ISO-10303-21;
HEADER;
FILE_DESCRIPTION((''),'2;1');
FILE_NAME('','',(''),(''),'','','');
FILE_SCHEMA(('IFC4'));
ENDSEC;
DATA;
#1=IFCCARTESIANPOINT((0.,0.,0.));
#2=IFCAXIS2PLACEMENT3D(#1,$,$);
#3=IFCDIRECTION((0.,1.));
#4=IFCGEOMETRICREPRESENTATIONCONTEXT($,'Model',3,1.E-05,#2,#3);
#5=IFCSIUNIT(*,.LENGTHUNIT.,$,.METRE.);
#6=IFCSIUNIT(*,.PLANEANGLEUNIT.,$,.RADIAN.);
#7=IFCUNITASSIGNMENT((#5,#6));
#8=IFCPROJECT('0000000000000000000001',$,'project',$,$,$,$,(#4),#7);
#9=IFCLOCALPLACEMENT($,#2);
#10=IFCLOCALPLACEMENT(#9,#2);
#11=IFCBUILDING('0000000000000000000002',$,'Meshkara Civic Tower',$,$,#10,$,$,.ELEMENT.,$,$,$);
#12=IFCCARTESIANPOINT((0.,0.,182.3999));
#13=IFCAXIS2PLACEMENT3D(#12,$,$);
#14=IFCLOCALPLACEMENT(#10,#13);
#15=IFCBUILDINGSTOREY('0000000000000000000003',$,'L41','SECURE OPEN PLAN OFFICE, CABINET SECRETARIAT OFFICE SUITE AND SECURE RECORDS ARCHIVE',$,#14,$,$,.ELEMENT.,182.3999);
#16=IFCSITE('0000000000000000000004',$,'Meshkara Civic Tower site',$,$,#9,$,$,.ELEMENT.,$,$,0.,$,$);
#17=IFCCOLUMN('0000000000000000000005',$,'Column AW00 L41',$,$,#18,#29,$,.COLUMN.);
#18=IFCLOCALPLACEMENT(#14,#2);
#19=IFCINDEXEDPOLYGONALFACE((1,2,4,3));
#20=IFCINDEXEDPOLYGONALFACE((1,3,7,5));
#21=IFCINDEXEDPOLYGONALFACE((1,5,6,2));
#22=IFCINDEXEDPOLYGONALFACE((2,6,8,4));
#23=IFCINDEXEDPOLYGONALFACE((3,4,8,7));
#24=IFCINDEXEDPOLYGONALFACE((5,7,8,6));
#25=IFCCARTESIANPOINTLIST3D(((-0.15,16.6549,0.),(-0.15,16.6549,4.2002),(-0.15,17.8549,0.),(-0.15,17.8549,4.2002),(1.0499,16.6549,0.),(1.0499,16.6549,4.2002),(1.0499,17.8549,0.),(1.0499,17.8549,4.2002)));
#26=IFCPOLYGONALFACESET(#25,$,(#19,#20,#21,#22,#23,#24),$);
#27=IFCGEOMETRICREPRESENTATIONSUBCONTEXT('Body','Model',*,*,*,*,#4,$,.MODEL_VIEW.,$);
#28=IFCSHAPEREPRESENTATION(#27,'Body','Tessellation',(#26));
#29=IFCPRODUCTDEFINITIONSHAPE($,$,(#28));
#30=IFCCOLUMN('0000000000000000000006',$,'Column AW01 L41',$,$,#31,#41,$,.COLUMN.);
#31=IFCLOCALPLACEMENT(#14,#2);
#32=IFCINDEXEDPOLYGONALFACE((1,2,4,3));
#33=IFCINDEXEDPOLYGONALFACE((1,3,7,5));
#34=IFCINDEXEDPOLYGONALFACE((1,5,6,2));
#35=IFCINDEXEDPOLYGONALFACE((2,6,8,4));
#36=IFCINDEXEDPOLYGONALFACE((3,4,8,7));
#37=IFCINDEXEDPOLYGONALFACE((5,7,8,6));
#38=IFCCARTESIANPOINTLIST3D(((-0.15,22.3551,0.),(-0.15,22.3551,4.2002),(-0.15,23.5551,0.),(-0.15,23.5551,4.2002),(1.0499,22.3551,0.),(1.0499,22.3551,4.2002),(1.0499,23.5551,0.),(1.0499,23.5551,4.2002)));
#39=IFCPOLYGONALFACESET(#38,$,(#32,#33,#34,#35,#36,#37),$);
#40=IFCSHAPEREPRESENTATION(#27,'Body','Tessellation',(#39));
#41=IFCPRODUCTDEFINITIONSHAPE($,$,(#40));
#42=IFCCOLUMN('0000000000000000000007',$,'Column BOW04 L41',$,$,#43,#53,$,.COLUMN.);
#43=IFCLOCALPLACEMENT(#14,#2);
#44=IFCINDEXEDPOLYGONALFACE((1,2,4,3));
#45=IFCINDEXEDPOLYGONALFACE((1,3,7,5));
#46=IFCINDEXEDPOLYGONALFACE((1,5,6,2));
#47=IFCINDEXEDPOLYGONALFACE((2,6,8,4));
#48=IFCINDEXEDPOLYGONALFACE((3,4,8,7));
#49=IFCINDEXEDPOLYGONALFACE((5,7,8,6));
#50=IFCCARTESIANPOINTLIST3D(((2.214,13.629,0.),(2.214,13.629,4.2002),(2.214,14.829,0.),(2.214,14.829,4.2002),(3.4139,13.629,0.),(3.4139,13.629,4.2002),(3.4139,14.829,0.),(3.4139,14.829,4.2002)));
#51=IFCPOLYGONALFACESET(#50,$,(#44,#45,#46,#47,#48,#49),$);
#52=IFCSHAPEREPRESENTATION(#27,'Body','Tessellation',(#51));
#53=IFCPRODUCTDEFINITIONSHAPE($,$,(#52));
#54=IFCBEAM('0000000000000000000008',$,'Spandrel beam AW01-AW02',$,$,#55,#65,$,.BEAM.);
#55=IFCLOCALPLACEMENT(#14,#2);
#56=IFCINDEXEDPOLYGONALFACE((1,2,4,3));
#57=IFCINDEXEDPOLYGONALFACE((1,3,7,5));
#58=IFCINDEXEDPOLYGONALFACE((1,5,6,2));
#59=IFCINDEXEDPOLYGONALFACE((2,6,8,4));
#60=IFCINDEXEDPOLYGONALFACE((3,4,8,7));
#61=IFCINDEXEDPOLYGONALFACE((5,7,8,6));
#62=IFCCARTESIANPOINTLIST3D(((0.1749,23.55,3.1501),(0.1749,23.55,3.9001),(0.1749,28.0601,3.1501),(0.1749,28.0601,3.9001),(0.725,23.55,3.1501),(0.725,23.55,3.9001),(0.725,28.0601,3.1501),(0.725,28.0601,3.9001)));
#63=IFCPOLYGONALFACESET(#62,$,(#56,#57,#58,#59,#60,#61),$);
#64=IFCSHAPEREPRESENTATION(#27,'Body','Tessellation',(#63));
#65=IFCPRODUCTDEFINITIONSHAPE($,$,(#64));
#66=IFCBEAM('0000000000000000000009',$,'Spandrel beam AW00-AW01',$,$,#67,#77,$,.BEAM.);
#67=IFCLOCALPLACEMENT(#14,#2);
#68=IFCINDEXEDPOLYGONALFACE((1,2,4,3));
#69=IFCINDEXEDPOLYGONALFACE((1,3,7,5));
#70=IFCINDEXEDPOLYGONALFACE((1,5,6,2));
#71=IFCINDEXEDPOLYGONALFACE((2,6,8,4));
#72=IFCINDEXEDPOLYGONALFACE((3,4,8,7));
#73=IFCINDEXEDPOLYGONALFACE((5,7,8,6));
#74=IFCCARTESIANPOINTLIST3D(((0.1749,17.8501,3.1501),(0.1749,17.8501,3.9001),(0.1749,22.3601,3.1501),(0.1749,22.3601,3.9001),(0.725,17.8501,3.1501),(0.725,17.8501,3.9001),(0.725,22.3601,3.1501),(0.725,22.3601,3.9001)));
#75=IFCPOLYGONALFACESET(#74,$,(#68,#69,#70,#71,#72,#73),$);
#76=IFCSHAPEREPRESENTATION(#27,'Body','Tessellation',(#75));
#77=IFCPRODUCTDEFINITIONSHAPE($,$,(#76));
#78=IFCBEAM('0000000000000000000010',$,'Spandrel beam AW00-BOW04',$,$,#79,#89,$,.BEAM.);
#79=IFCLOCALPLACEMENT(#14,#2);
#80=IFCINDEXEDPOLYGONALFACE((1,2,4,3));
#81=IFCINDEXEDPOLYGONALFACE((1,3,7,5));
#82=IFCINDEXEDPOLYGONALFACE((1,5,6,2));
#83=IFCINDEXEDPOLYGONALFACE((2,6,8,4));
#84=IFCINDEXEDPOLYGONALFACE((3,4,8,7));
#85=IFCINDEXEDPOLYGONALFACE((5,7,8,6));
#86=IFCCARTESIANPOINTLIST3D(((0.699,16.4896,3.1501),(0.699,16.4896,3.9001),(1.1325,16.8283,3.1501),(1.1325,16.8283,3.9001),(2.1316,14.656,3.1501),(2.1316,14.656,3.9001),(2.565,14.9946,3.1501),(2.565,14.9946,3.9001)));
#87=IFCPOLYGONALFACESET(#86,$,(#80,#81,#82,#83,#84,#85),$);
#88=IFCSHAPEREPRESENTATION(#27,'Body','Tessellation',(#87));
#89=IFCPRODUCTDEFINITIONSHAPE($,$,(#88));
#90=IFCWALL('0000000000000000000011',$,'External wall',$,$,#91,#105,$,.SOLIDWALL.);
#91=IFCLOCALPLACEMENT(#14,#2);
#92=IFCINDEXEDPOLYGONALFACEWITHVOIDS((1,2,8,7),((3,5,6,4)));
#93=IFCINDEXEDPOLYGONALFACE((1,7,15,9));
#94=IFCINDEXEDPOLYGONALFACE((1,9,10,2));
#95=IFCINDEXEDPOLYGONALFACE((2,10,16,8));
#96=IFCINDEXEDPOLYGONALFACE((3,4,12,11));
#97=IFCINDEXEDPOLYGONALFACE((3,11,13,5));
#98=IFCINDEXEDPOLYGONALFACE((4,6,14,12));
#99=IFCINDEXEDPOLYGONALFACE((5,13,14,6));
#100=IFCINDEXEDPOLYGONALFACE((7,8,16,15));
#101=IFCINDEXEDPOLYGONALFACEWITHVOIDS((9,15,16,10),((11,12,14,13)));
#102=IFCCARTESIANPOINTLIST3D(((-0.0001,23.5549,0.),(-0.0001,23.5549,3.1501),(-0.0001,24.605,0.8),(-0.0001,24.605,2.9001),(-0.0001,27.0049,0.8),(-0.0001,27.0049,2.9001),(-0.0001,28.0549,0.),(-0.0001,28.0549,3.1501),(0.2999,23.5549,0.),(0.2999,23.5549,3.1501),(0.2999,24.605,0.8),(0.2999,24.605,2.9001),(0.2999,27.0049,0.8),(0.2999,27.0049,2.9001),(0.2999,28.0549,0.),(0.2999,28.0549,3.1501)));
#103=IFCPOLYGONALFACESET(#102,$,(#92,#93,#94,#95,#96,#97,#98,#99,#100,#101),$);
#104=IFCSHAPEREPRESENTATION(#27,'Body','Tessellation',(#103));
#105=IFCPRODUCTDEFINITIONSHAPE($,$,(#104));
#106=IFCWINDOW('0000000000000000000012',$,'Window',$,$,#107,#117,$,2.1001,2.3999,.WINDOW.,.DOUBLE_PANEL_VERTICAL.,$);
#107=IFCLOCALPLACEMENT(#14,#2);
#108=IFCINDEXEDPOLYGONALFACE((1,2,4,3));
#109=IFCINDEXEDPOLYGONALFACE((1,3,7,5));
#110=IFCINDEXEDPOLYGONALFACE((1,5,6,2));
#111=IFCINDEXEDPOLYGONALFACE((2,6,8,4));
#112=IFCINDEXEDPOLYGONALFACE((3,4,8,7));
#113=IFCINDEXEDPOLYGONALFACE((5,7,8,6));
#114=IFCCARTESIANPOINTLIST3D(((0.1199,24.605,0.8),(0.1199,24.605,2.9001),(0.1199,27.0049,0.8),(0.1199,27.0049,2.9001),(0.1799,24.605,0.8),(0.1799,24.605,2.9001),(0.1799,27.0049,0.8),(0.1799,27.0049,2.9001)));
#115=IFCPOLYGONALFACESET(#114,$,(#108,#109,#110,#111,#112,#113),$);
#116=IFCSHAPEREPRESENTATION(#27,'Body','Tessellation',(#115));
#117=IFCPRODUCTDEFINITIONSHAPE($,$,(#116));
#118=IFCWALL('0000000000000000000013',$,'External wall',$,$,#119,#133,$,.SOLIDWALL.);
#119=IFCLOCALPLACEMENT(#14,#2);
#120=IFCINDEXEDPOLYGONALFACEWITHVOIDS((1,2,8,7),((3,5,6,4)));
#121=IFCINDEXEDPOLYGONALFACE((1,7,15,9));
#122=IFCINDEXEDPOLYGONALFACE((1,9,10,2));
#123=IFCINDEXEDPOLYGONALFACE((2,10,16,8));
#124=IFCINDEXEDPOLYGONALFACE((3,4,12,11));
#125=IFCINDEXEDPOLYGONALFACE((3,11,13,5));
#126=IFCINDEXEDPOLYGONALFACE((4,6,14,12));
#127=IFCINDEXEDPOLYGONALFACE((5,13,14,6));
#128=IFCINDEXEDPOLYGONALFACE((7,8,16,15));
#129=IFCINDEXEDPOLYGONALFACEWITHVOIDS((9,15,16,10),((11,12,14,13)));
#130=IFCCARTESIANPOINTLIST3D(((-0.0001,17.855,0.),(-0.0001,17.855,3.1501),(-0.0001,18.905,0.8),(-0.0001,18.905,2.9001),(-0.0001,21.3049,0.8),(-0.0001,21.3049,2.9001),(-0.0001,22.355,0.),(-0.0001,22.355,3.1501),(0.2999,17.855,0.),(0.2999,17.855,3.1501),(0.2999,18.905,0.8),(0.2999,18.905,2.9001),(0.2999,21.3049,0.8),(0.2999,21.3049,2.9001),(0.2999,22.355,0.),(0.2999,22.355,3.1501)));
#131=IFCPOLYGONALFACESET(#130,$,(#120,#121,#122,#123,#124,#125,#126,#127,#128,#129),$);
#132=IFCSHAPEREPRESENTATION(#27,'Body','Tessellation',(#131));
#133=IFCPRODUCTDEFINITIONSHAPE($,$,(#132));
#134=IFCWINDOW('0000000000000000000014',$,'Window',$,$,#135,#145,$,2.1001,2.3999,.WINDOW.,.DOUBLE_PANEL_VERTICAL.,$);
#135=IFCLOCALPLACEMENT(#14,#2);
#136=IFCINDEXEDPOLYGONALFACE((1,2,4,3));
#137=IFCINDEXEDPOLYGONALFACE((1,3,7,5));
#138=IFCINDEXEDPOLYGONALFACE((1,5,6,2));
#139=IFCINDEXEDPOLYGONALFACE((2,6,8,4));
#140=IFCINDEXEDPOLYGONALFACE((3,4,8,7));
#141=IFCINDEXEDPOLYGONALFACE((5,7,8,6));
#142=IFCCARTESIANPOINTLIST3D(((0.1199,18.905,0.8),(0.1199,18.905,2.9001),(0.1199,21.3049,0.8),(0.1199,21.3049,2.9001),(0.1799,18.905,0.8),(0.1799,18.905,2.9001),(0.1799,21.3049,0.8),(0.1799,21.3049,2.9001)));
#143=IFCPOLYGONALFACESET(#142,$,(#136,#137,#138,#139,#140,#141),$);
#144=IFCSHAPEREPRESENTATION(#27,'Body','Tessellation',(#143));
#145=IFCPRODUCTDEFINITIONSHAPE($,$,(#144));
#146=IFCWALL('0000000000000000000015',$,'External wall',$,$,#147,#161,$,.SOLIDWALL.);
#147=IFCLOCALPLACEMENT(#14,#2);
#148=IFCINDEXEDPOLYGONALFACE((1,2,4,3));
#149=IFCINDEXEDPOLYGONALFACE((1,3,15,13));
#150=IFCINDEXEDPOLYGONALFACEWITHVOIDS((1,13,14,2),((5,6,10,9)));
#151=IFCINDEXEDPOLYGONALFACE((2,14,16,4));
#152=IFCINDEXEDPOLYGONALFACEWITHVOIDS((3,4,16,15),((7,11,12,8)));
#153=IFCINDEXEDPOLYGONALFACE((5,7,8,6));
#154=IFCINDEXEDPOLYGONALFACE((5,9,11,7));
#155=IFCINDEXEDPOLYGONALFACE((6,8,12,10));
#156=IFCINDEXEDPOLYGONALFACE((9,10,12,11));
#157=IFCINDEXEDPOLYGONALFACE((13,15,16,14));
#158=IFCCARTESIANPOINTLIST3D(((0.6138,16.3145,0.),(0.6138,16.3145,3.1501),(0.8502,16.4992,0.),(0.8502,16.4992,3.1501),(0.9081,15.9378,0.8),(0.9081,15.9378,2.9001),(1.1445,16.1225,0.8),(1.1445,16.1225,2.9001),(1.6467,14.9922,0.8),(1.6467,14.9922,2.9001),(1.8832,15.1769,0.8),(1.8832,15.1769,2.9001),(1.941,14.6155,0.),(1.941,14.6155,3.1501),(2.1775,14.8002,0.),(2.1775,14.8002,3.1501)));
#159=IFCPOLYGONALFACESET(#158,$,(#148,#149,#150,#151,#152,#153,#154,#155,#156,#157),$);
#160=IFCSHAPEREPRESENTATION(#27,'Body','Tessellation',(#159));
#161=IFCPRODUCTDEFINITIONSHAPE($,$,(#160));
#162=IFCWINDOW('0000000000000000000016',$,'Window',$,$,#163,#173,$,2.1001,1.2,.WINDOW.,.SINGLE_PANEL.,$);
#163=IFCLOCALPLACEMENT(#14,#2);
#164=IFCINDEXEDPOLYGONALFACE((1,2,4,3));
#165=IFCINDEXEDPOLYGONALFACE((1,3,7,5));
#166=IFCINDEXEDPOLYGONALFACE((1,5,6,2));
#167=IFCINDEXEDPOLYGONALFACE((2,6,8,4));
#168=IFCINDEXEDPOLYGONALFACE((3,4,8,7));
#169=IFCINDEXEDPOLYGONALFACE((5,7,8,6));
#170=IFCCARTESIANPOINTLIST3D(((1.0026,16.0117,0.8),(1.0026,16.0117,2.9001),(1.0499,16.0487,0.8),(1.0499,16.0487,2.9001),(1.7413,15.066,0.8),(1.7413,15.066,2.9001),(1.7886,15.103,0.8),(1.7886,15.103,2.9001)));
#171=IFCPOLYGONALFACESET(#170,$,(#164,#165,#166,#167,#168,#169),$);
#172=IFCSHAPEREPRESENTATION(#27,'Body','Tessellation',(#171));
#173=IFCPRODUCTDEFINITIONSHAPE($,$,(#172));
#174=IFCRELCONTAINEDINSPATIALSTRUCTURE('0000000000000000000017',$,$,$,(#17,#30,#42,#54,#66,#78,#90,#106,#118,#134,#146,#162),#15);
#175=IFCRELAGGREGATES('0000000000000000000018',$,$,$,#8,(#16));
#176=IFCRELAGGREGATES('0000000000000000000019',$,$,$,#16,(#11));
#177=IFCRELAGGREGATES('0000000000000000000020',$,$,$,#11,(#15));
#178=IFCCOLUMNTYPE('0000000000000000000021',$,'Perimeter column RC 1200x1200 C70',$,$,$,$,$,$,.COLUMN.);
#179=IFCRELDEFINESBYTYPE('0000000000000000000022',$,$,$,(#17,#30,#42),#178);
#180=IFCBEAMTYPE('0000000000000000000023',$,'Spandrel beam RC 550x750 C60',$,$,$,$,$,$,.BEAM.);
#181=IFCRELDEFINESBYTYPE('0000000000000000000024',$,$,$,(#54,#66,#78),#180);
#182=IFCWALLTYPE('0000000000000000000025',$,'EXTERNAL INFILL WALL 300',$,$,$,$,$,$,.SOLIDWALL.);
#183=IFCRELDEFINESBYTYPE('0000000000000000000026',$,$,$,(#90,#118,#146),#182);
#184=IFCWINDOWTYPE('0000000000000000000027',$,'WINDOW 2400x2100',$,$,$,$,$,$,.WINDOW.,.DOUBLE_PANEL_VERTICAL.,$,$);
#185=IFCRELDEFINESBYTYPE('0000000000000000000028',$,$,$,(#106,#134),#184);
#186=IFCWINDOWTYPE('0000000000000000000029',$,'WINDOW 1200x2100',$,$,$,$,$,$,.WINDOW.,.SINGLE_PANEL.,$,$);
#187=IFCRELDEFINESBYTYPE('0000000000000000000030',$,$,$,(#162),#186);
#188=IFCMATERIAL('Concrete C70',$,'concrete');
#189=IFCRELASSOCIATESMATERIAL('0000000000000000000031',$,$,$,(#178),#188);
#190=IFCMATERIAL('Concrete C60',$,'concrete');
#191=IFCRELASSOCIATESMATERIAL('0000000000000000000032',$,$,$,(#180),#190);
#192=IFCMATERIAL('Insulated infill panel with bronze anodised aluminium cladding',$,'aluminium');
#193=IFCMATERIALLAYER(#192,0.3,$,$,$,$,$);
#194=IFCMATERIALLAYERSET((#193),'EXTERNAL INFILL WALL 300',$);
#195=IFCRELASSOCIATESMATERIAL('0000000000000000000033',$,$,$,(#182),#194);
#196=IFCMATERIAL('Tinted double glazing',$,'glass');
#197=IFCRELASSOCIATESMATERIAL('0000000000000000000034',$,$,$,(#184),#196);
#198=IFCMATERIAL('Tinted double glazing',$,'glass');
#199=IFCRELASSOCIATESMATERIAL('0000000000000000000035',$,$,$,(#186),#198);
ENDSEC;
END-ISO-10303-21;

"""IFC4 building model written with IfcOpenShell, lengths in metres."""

from ifc_helpers import new_model, si_unit, direction, frame, frame_2d, origin, origin_2d, place, context, subcontext, project, spatial, rectangle, extrude, material, layer, layer_set, material_profile, profile_set, type_object, element, fill, save


model = new_model("IFC4")

# Units and contexts
model_context = context("Model", 3, precision=1e-05, world=origin(), true_north=direction((0.0, 1.0)))
body_context = subcontext(model_context, "Body", "Model", "MODEL_VIEW")
ifc_project = project(units=[si_unit("LENGTHUNIT", "METRE"), si_unit("PLANEANGLEUNIT", "RADIAN")], contexts=[model_context])

# Site, building, storey
site_placement = place(None, origin())
site = spatial("IfcSite", under=ifc_project, at=site_placement, Name="Meshkara Civic Tower site", CompositionType="ELEMENT", RefElevation=0.0)
building_placement = place(site_placement, origin())
building = spatial("IfcBuilding", under=site, at=building_placement, Name="Meshkara Civic Tower", CompositionType="ELEMENT")
storey_placement = place(building_placement, frame((0.0, 0.0, 182.3999)))
storey = spatial("IfcBuildingStorey", under=building, at=storey_placement, Name="L41", Description="SECURE OPEN PLAN OFFICE, CABINET SECRETARIAT OFFICE SUITE AND SECURE RECORDS ARCHIVE", CompositionType="ELEMENT", Elevation=182.3999)

# Columns
ifc_material_1 = material(Name="Concrete C70", Category="concrete")
ifc_material_profile_1 = material_profile(ifc_material_1, rectangle(XDim=1.2, YDim=1.2, at=origin_2d()))
ifc_profile_set_1 = profile_set([ifc_material_profile_1], Name="Concrete C70")
column_type = type_object("IfcColumnType", Name="Perimeter column RC 1200x1200 C70", PredefinedType="COLUMN", material=ifc_profile_set_1)
for number, where, z_axis, x_axis, name in (
    (1, (0.45, 17.2549, 0.0), (0.0, 0.0, 1.0), (1.0, 0.0, 0.0), "Column AW00 L41"),
    (2, (0.45, 22.9551, 0.0), (0.0, 0.0, 1.0), (1.0, 0.0, 0.0), "Column AW01 L41"),
    (3, (2.814, 14.229, 0.0), (0.0, 0.0, 1.0), (1.0, 0.0, 0.0), "Column BOW04 L41"),
):
    element("IfcColumn", number, at=place(storey_placement, frame(where, z_axis=z_axis, x_axis=x_axis)), inside=storey, type_object=column_type, Name=name, PredefinedType="COLUMN", context=body_context, shape_type="SweptSolid", body=[
        extrude(rectangle(XDim=1.2, YDim=1.2, at=origin_2d()), origin(), (0.0, 0.0, 1.0), 4.2002),
    ])

# Beams
ifc_material_2 = material(Name="Concrete C60", Category="concrete")
ifc_material_profile_2 = material_profile(ifc_material_2, rectangle(XDim=0.55, YDim=0.75, at=origin_2d()))
ifc_profile_set_2 = profile_set([ifc_material_profile_2], Name="Concrete C60")
beam_type = type_object("IfcBeamType", Name="Spandrel beam RC 550x750 C60", PredefinedType="BEAM", material=ifc_profile_set_2)
for number, where, z_axis, x_axis, name in (
    (4, (0.45, 28.0601, 3.5251), (0.0, -1.0, 0.0), (1.0, 0.0, 0.0), "Spandrel beam AW01-AW02"),
    (5, (0.45, 22.3601, 3.5251), (0.0, -1.0, 0.0), (1.0, 0.0, 0.0), "Spandrel beam AW00-AW01"),
):
    element("IfcBeam", number, at=place(storey_placement, frame(where, z_axis=z_axis, x_axis=x_axis)), inside=storey, type_object=beam_type, Name=name, PredefinedType="BEAM", context=body_context, shape_type="SweptSolid", body=[
        extrude(rectangle(XDim=0.55, YDim=0.75, at=origin_2d()), origin(), (0.0, 0.0, 1.0), 4.51),
    ])
beam_placement = place(storey_placement, frame((0.9158, 16.6589, 3.5251), z_axis=(0.615646, -0.788023, 0.0), x_axis=(0.788023, 0.615646, 0.0)))
element("IfcBeam", 6, at=beam_placement, inside=storey, type_object=beam_type, Name="Spandrel beam AW00-BOW04", PredefinedType="BEAM", context=body_context, shape_type="SweptSolid", body=[
    extrude(rectangle(XDim=0.55, YDim=0.75, at=origin_2d()), origin(), (0.0, 0.0, 1.0), 2.3269),
])

# Walls, openings, windows
ifc_material_3 = material(Name="Insulated infill panel with bronze anodised aluminium cladding", Category="aluminium")
ifc_layer = layer(ifc_material_3, 0.3)
ifc_layer_set = layer_set([ifc_layer], Name="EXTERNAL INFILL WALL 300")
wall_type = type_object("IfcWallType", Name="EXTERNAL INFILL WALL 300", PredefinedType="SOLIDWALL", material=ifc_layer_set)
wall_1_placement = place(storey_placement, frame((0.1499, 28.0549, 0.0), z_axis=(0.0, 0.0, 1.0), x_axis=(0.0, -1.0, 0.0)))
wall_1 = element("IfcWall", 7, at=wall_1_placement, inside=storey, type_object=wall_type, Name="External wall", PredefinedType="SOLIDWALL", context=body_context, shape_type="SweptSolid", body=[
    extrude(rectangle(XDim=4.5, YDim=0.3, at=frame_2d((2.25, 0.0))), origin(), (0.0, 0.0, 1.0), 3.1501),
])
opening_1_placement = place(wall_1_placement, frame((1.05, 0.0, 0.8)))
opening_1 = element("IfcOpeningElement", 8, at=opening_1_placement, cuts=wall_1, PredefinedType="OPENING", context=body_context, shape_type="SweptSolid", body=[
    extrude(rectangle(XDim=2.3999, YDim=2.1001, at=frame_2d((1.2, 1.05))), frame((0.0, 0.1599, 0.0), z_axis=(0.0, -1.0, 0.0), x_axis=(1.0, 0.0, 0.0)), (0.0, 0.0, 1.0), 0.3201),
])
ifc_material_4 = material(Name="Tinted double glazing", Category="glass")
window_type_1 = type_object("IfcWindowType", Name="WINDOW 2400x2100", PartitioningType="DOUBLE_PANEL_VERTICAL", PredefinedType="WINDOW", material=ifc_material_4)
window_1_placement = place(opening_1_placement, origin())
window_1 = element("IfcWindow", 9, at=window_1_placement, inside=storey, type_object=window_type_1, Name="Window", OverallHeight=2.1001, OverallWidth=2.3999, PartitioningType="DOUBLE_PANEL_VERTICAL", PredefinedType="WINDOW", context=body_context, shape_type="SweptSolid", body=[
    extrude(rectangle(XDim=2.3999, YDim=2.1001, at=frame_2d((1.2, 1.05))), frame((0.0, 0.03, 0.0), z_axis=(0.0, -1.0, 0.0), x_axis=(1.0, 0.0, 0.0)), (0.0, 0.0, 1.0), 0.0601),
])
fill(opening_1, window_1)
wall_2_placement = place(storey_placement, frame((0.1499, 22.355, 0.0), z_axis=(0.0, 0.0, 1.0), x_axis=(0.0, -1.0, 0.0)))
wall_2 = element("IfcWall", 10, at=wall_2_placement, inside=storey, type_object=wall_type, Name="External wall", PredefinedType="SOLIDWALL", context=body_context, shape_type="SweptSolid", body=[
    extrude(rectangle(XDim=4.5, YDim=0.3, at=frame_2d((2.25, 0.0))), origin(), (0.0, 0.0, 1.0), 3.1501),
])
opening_2_placement = place(wall_2_placement, frame((1.05, 0.0, 0.8)))
opening_2 = element("IfcOpeningElement", 11, at=opening_2_placement, cuts=wall_2, PredefinedType="OPENING", context=body_context, shape_type="SweptSolid", body=[
    extrude(rectangle(XDim=2.3999, YDim=2.1001, at=frame_2d((1.2, 1.05))), frame((0.0, 0.1599, 0.0), z_axis=(0.0, -1.0, 0.0), x_axis=(1.0, 0.0, 0.0)), (0.0, 0.0, 1.0), 0.3201),
])
window_2_placement = place(opening_2_placement, origin())
window_2 = element("IfcWindow", 12, at=window_2_placement, inside=storey, type_object=window_type_1, Name="Window", OverallHeight=2.1001, OverallWidth=2.3999, PartitioningType="DOUBLE_PANEL_VERTICAL", PredefinedType="WINDOW", context=body_context, shape_type="SweptSolid", body=[
    extrude(rectangle(XDim=2.3999, YDim=2.1001, at=frame_2d((1.2, 1.05))), frame((0.0, 0.03, 0.0), z_axis=(0.0, -1.0, 0.0), x_axis=(1.0, 0.0, 0.0)), (0.0, 0.0, 1.0), 0.0601),
])
fill(opening_2, window_2)
wall_3_placement = place(storey_placement, frame((0.7319, 16.407, 0.0), z_axis=(0.0, 0.0, 1.0), x_axis=(0.615593, -0.788064, 0.0)))
wall_3 = element("IfcWall", 13, at=wall_3_placement, inside=storey, type_object=wall_type, Name="External wall", PredefinedType="SOLIDWALL", context=body_context, shape_type="SweptSolid", body=[
    extrude(rectangle(XDim=2.156, YDim=0.3, at=frame_2d((1.0781, 0.0))), origin(), (0.0, 0.0, 1.0), 3.1501),
])
opening_3_placement = place(wall_3_placement, frame((0.478, 0.0, 0.8)))
opening_3 = element("IfcOpeningElement", 14, at=opening_3_placement, cuts=wall_3, PredefinedType="OPENING", context=body_context, shape_type="SweptSolid", body=[
    extrude(rectangle(XDim=1.2, YDim=2.1001, at=frame_2d((0.6001, 1.05))), frame((0.0, 0.1599, 0.0), z_axis=(0.0, -1.0, 0.0), x_axis=(1.0, 0.0, 0.0)), (0.0, 0.0, 1.0), 0.3201),
])
ifc_material_5 = material(Name="Tinted double glazing", Category="glass")
window_type_2 = type_object("IfcWindowType", Name="WINDOW 1200x2100", PartitioningType="SINGLE_PANEL", PredefinedType="WINDOW", material=ifc_material_5)
window_3_placement = place(opening_3_placement, origin())
window_3 = element("IfcWindow", 15, at=window_3_placement, inside=storey, type_object=window_type_2, Name="Window", OverallHeight=2.1001, OverallWidth=1.2, PartitioningType="SINGLE_PANEL", PredefinedType="WINDOW", context=body_context, shape_type="SweptSolid", body=[
    extrude(rectangle(XDim=1.2, YDim=2.1001, at=frame_2d((0.6001, 1.05))), frame((0.0, 0.03, 0.0), z_axis=(0.0, -1.0, 0.0), x_axis=(1.0, 0.0, 0.0)), (0.0, 0.0, 1.0), 0.0601),
])
fill(opening_3, window_3)

save(model, "model.ifc")
